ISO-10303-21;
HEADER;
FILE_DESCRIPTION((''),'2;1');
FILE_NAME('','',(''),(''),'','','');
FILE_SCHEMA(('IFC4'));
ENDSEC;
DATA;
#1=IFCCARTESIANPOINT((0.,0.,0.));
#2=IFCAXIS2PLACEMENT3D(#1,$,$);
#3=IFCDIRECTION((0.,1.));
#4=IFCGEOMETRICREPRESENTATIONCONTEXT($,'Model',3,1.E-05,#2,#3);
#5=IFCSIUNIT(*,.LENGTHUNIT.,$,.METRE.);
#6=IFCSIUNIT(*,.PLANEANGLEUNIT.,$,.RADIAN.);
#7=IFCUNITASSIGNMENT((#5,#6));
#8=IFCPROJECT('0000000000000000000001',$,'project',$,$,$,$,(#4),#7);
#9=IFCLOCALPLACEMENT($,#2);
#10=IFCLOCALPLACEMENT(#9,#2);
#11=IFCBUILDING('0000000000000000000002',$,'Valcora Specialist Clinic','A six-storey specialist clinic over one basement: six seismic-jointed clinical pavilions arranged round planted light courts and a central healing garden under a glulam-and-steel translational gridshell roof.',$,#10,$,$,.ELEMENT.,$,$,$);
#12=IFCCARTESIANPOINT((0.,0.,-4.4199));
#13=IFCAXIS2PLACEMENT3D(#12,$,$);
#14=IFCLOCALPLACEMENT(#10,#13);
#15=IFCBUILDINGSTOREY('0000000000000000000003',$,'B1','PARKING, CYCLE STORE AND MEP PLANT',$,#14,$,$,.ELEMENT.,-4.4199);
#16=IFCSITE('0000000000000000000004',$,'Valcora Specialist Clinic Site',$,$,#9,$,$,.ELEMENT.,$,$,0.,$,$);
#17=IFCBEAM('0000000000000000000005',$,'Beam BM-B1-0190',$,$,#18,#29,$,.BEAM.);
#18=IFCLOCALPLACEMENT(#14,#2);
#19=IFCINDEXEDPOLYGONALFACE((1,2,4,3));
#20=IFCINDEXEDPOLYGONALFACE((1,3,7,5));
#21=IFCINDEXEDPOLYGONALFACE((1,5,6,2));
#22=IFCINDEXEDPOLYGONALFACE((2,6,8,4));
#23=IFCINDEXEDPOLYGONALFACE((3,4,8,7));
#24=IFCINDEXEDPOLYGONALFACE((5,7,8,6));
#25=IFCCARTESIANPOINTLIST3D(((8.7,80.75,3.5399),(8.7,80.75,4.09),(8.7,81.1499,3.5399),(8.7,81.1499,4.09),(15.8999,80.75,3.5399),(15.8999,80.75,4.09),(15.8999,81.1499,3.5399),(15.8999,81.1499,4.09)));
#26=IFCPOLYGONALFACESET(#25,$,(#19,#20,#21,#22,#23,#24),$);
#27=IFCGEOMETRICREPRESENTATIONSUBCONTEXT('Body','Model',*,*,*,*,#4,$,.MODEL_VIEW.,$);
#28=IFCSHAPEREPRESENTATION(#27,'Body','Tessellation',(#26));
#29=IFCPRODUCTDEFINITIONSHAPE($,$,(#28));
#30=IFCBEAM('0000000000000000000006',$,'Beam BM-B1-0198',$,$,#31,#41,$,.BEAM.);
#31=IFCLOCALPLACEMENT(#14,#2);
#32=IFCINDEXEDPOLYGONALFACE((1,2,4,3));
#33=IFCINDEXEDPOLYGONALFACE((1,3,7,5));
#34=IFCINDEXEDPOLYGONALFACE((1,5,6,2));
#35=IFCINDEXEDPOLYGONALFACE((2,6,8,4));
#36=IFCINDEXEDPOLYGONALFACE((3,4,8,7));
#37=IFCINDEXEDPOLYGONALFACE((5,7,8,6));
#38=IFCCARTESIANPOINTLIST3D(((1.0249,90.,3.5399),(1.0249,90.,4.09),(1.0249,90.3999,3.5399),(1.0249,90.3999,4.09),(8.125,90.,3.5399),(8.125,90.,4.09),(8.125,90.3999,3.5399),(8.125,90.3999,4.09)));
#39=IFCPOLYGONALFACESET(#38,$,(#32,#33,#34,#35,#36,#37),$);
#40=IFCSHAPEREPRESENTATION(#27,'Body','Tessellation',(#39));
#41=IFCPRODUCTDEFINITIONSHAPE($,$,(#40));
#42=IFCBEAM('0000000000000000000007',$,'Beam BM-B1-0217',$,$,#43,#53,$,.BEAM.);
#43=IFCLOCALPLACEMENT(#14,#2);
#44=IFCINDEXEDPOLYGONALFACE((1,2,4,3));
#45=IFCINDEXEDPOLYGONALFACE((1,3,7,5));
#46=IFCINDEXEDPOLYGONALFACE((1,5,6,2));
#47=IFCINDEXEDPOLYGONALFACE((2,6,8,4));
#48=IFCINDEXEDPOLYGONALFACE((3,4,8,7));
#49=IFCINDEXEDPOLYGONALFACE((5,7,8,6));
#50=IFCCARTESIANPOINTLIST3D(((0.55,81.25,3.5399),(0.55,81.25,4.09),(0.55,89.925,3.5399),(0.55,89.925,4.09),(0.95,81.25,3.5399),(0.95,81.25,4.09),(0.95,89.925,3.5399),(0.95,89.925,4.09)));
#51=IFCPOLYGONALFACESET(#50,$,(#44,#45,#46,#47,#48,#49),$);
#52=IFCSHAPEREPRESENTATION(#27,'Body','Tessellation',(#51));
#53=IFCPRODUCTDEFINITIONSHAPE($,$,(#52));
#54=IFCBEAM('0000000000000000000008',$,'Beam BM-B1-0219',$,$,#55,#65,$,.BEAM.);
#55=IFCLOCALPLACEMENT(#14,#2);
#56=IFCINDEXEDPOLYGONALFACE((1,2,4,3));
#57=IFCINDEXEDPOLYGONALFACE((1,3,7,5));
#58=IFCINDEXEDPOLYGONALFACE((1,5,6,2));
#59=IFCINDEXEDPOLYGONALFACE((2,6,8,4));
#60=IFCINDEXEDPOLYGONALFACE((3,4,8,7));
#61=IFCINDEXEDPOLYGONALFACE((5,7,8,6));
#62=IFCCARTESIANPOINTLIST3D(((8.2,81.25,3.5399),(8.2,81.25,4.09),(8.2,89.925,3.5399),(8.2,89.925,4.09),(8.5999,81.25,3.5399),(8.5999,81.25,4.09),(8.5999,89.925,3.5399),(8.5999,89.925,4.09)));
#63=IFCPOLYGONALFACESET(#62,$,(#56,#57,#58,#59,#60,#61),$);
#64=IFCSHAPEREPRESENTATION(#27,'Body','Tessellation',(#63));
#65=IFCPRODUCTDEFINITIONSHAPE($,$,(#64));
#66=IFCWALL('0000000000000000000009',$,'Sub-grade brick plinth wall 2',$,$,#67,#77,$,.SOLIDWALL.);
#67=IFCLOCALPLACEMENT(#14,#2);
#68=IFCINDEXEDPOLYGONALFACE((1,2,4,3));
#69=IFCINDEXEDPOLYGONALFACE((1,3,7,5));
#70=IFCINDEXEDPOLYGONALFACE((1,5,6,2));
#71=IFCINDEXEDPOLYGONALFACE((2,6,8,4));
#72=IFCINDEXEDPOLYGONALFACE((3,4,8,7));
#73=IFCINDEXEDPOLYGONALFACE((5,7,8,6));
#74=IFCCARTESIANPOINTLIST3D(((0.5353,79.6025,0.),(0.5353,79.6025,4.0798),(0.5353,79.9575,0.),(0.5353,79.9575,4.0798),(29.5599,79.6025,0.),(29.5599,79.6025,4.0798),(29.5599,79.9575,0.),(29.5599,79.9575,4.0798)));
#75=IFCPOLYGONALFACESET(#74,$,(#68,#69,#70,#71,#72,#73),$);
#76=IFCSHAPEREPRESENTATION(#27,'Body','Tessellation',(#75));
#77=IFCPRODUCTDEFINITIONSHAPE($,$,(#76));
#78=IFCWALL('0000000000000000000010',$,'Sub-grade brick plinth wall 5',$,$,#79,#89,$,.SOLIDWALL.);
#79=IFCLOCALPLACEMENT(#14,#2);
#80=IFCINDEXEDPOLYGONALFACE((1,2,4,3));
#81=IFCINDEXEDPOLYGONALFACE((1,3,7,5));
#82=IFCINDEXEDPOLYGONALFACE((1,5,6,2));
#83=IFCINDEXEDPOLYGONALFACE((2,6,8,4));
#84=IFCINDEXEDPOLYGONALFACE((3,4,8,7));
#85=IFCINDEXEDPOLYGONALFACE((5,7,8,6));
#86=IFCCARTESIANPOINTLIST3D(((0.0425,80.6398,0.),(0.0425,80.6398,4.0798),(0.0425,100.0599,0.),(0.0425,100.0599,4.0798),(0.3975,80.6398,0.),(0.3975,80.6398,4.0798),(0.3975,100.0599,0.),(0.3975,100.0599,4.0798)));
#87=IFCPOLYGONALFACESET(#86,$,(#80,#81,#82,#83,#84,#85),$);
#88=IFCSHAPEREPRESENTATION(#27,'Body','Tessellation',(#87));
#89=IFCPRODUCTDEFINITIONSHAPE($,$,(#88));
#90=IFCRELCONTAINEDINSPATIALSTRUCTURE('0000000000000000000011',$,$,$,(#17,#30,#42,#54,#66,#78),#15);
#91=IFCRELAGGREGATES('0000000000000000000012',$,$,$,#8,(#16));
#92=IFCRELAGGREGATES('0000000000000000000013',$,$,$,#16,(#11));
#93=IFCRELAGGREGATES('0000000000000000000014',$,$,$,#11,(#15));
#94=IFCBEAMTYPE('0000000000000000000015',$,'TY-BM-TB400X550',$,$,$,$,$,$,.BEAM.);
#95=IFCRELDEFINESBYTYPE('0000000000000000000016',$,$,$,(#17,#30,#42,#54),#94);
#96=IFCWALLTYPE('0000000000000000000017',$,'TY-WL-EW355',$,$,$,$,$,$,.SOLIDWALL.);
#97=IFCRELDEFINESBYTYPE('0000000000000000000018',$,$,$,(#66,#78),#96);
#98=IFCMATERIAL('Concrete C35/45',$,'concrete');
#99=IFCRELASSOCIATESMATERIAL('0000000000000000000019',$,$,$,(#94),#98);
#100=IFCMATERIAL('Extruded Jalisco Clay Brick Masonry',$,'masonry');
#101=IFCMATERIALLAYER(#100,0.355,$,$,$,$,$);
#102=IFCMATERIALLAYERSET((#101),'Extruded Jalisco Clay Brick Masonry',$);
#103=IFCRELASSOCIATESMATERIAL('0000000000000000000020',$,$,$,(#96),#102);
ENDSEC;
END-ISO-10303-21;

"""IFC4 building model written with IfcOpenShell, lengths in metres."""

from ifc_helpers import new_model, si_unit, direction, frame, frame_2d, origin, origin_2d, place, context, subcontext, project, spatial, rectangle, extrude, material, layer, layer_set, material_profile, profile_set, type_object, element, save


model = new_model("IFC4")

# Units and contexts
model_context = context("Model", 3, precision=1e-05, world=origin(), true_north=direction((0.0, 1.0)))
body_context = subcontext(model_context, "Body", "Model", "MODEL_VIEW")
ifc_project = project(units=[si_unit("LENGTHUNIT", "METRE"), si_unit("PLANEANGLEUNIT", "RADIAN")], contexts=[model_context])

# Site, building, storey
site_placement = place(None, origin())
site = spatial("IfcSite", under=ifc_project, at=site_placement, Name="Valcora Specialist Clinic Site", CompositionType="ELEMENT", RefElevation=0.0)
building_placement = place(site_placement, origin())
building = spatial("IfcBuilding", under=site, at=building_placement, Name="Valcora Specialist Clinic", Description="A six-storey specialist clinic over one basement: six seismic-jointed clinical pavilions arranged round planted light courts and a central healing garden under a glulam-and-steel translational gridshell roof.", CompositionType="ELEMENT")
storey_placement = place(building_placement, frame((0.0, 0.0, -4.4199)))
storey = spatial("IfcBuildingStorey", under=building, at=storey_placement, Name="B1", Description="PARKING, CYCLE STORE AND MEP PLANT", CompositionType="ELEMENT", Elevation=-4.4199)

# Shared definitions
ifc_material_1 = material(Name="Concrete C35/45", Category="concrete")

# Beams
ifc_material_profile_1 = material_profile(ifc_material_1, rectangle(XDim=0.3999, YDim=0.55, at=origin_2d()), Name="RC-TB-400X550")
ifc_profile_set_1 = profile_set([ifc_material_profile_1], Name="Concrete C35/45")
beam_type = type_object("IfcBeamType", Name="TY-BM-TB400X550", PredefinedType="BEAM", material=ifc_profile_set_1)
beam_1_placement = place(storey_placement, frame((8.7, 80.95, 3.8149), z_axis=(1.0, 0.0, 0.0), x_axis=(0.0, 1.0, 0.0)))
element("IfcBeam", 1, at=beam_1_placement, inside=storey, type_object=beam_type, Name="Beam BM-B1-0190", PredefinedType="BEAM", context=body_context, shape_type="SweptSolid", body=[
    extrude(rectangle(XDim=0.3999, YDim=0.55, at=origin_2d()), origin(), (0.0, 0.0, 1.0), 7.2),
])
beam_2_placement = place(storey_placement, frame((1.0249, 90.2, 3.8149), z_axis=(1.0, 0.0, 0.0), x_axis=(0.0, 1.0, 0.0)))
element("IfcBeam", 2, at=beam_2_placement, inside=storey, type_object=beam_type, Name="Beam BM-B1-0198", PredefinedType="BEAM", context=body_context, shape_type="SweptSolid", body=[
    extrude(rectangle(XDim=0.3999, YDim=0.55, at=origin_2d()), origin(), (0.0, 0.0, 1.0), 7.1001),
])
for number, where, z_axis, x_axis, name in (
    (3, (0.75, 81.25, 3.8149), (0.0, 1.0, 0.0), (-1.0, 0.0, 0.0), "Beam BM-B1-0217"),
    (4, (8.3999, 81.25, 3.8149), (0.0, 1.0, 0.0), (-1.0, 0.0, 0.0), "Beam BM-B1-0219"),
):
    element("IfcBeam", number, at=place(storey_placement, frame(where, z_axis=z_axis, x_axis=x_axis)), inside=storey, type_object=beam_type, Name=name, PredefinedType="BEAM", context=body_context, shape_type="SweptSolid", body=[
        extrude(rectangle(XDim=0.3999, YDim=0.55, at=origin_2d()), origin(), (0.0, 0.0, 1.0), 8.675),
    ])

# Walls
ifc_material_2 = material(Name="Extruded Jalisco Clay Brick Masonry", Category="masonry")
ifc_layer = layer(ifc_material_2, 0.355)
ifc_layer_set = layer_set([ifc_layer], Name="Extruded Jalisco Clay Brick Masonry")
wall_type = type_object("IfcWallType", Name="TY-WL-EW355", PredefinedType="SOLIDWALL", material=ifc_layer_set)
wall_1_placement = place(storey_placement, frame((0.5354, 79.78, 0.0), z_axis=(0.0, 0.0, 1.0), x_axis=(1.0, 0.0, 0.0)))
element("IfcWall", 5, at=wall_1_placement, inside=storey, type_object=wall_type, Name="Sub-grade brick plinth wall 2", PredefinedType="SOLIDWALL", context=body_context, shape_type="SweptSolid", body=[
    extrude(rectangle(XDim=29.0247, YDim=0.355, at=frame_2d((14.5122, 0.0))), origin(), (0.0, 0.0, 1.0), 4.0798),
])
wall_2_placement = place(storey_placement, frame((0.22, 80.6399, 0.0), z_axis=(0.0, 0.0, 1.0), x_axis=(0.0, 1.0, 0.0)))
element("IfcWall", 6, at=wall_2_placement, inside=storey, type_object=wall_type, Name="Sub-grade brick plinth wall 5", PredefinedType="SOLIDWALL", context=body_context, shape_type="SweptSolid", body=[
    extrude(rectangle(XDim=19.4202, YDim=0.355, at=frame_2d((9.71, 0.0))), origin(), (0.0, 0.0, 1.0), 4.0798),
])

save(model, "model.ifc")
